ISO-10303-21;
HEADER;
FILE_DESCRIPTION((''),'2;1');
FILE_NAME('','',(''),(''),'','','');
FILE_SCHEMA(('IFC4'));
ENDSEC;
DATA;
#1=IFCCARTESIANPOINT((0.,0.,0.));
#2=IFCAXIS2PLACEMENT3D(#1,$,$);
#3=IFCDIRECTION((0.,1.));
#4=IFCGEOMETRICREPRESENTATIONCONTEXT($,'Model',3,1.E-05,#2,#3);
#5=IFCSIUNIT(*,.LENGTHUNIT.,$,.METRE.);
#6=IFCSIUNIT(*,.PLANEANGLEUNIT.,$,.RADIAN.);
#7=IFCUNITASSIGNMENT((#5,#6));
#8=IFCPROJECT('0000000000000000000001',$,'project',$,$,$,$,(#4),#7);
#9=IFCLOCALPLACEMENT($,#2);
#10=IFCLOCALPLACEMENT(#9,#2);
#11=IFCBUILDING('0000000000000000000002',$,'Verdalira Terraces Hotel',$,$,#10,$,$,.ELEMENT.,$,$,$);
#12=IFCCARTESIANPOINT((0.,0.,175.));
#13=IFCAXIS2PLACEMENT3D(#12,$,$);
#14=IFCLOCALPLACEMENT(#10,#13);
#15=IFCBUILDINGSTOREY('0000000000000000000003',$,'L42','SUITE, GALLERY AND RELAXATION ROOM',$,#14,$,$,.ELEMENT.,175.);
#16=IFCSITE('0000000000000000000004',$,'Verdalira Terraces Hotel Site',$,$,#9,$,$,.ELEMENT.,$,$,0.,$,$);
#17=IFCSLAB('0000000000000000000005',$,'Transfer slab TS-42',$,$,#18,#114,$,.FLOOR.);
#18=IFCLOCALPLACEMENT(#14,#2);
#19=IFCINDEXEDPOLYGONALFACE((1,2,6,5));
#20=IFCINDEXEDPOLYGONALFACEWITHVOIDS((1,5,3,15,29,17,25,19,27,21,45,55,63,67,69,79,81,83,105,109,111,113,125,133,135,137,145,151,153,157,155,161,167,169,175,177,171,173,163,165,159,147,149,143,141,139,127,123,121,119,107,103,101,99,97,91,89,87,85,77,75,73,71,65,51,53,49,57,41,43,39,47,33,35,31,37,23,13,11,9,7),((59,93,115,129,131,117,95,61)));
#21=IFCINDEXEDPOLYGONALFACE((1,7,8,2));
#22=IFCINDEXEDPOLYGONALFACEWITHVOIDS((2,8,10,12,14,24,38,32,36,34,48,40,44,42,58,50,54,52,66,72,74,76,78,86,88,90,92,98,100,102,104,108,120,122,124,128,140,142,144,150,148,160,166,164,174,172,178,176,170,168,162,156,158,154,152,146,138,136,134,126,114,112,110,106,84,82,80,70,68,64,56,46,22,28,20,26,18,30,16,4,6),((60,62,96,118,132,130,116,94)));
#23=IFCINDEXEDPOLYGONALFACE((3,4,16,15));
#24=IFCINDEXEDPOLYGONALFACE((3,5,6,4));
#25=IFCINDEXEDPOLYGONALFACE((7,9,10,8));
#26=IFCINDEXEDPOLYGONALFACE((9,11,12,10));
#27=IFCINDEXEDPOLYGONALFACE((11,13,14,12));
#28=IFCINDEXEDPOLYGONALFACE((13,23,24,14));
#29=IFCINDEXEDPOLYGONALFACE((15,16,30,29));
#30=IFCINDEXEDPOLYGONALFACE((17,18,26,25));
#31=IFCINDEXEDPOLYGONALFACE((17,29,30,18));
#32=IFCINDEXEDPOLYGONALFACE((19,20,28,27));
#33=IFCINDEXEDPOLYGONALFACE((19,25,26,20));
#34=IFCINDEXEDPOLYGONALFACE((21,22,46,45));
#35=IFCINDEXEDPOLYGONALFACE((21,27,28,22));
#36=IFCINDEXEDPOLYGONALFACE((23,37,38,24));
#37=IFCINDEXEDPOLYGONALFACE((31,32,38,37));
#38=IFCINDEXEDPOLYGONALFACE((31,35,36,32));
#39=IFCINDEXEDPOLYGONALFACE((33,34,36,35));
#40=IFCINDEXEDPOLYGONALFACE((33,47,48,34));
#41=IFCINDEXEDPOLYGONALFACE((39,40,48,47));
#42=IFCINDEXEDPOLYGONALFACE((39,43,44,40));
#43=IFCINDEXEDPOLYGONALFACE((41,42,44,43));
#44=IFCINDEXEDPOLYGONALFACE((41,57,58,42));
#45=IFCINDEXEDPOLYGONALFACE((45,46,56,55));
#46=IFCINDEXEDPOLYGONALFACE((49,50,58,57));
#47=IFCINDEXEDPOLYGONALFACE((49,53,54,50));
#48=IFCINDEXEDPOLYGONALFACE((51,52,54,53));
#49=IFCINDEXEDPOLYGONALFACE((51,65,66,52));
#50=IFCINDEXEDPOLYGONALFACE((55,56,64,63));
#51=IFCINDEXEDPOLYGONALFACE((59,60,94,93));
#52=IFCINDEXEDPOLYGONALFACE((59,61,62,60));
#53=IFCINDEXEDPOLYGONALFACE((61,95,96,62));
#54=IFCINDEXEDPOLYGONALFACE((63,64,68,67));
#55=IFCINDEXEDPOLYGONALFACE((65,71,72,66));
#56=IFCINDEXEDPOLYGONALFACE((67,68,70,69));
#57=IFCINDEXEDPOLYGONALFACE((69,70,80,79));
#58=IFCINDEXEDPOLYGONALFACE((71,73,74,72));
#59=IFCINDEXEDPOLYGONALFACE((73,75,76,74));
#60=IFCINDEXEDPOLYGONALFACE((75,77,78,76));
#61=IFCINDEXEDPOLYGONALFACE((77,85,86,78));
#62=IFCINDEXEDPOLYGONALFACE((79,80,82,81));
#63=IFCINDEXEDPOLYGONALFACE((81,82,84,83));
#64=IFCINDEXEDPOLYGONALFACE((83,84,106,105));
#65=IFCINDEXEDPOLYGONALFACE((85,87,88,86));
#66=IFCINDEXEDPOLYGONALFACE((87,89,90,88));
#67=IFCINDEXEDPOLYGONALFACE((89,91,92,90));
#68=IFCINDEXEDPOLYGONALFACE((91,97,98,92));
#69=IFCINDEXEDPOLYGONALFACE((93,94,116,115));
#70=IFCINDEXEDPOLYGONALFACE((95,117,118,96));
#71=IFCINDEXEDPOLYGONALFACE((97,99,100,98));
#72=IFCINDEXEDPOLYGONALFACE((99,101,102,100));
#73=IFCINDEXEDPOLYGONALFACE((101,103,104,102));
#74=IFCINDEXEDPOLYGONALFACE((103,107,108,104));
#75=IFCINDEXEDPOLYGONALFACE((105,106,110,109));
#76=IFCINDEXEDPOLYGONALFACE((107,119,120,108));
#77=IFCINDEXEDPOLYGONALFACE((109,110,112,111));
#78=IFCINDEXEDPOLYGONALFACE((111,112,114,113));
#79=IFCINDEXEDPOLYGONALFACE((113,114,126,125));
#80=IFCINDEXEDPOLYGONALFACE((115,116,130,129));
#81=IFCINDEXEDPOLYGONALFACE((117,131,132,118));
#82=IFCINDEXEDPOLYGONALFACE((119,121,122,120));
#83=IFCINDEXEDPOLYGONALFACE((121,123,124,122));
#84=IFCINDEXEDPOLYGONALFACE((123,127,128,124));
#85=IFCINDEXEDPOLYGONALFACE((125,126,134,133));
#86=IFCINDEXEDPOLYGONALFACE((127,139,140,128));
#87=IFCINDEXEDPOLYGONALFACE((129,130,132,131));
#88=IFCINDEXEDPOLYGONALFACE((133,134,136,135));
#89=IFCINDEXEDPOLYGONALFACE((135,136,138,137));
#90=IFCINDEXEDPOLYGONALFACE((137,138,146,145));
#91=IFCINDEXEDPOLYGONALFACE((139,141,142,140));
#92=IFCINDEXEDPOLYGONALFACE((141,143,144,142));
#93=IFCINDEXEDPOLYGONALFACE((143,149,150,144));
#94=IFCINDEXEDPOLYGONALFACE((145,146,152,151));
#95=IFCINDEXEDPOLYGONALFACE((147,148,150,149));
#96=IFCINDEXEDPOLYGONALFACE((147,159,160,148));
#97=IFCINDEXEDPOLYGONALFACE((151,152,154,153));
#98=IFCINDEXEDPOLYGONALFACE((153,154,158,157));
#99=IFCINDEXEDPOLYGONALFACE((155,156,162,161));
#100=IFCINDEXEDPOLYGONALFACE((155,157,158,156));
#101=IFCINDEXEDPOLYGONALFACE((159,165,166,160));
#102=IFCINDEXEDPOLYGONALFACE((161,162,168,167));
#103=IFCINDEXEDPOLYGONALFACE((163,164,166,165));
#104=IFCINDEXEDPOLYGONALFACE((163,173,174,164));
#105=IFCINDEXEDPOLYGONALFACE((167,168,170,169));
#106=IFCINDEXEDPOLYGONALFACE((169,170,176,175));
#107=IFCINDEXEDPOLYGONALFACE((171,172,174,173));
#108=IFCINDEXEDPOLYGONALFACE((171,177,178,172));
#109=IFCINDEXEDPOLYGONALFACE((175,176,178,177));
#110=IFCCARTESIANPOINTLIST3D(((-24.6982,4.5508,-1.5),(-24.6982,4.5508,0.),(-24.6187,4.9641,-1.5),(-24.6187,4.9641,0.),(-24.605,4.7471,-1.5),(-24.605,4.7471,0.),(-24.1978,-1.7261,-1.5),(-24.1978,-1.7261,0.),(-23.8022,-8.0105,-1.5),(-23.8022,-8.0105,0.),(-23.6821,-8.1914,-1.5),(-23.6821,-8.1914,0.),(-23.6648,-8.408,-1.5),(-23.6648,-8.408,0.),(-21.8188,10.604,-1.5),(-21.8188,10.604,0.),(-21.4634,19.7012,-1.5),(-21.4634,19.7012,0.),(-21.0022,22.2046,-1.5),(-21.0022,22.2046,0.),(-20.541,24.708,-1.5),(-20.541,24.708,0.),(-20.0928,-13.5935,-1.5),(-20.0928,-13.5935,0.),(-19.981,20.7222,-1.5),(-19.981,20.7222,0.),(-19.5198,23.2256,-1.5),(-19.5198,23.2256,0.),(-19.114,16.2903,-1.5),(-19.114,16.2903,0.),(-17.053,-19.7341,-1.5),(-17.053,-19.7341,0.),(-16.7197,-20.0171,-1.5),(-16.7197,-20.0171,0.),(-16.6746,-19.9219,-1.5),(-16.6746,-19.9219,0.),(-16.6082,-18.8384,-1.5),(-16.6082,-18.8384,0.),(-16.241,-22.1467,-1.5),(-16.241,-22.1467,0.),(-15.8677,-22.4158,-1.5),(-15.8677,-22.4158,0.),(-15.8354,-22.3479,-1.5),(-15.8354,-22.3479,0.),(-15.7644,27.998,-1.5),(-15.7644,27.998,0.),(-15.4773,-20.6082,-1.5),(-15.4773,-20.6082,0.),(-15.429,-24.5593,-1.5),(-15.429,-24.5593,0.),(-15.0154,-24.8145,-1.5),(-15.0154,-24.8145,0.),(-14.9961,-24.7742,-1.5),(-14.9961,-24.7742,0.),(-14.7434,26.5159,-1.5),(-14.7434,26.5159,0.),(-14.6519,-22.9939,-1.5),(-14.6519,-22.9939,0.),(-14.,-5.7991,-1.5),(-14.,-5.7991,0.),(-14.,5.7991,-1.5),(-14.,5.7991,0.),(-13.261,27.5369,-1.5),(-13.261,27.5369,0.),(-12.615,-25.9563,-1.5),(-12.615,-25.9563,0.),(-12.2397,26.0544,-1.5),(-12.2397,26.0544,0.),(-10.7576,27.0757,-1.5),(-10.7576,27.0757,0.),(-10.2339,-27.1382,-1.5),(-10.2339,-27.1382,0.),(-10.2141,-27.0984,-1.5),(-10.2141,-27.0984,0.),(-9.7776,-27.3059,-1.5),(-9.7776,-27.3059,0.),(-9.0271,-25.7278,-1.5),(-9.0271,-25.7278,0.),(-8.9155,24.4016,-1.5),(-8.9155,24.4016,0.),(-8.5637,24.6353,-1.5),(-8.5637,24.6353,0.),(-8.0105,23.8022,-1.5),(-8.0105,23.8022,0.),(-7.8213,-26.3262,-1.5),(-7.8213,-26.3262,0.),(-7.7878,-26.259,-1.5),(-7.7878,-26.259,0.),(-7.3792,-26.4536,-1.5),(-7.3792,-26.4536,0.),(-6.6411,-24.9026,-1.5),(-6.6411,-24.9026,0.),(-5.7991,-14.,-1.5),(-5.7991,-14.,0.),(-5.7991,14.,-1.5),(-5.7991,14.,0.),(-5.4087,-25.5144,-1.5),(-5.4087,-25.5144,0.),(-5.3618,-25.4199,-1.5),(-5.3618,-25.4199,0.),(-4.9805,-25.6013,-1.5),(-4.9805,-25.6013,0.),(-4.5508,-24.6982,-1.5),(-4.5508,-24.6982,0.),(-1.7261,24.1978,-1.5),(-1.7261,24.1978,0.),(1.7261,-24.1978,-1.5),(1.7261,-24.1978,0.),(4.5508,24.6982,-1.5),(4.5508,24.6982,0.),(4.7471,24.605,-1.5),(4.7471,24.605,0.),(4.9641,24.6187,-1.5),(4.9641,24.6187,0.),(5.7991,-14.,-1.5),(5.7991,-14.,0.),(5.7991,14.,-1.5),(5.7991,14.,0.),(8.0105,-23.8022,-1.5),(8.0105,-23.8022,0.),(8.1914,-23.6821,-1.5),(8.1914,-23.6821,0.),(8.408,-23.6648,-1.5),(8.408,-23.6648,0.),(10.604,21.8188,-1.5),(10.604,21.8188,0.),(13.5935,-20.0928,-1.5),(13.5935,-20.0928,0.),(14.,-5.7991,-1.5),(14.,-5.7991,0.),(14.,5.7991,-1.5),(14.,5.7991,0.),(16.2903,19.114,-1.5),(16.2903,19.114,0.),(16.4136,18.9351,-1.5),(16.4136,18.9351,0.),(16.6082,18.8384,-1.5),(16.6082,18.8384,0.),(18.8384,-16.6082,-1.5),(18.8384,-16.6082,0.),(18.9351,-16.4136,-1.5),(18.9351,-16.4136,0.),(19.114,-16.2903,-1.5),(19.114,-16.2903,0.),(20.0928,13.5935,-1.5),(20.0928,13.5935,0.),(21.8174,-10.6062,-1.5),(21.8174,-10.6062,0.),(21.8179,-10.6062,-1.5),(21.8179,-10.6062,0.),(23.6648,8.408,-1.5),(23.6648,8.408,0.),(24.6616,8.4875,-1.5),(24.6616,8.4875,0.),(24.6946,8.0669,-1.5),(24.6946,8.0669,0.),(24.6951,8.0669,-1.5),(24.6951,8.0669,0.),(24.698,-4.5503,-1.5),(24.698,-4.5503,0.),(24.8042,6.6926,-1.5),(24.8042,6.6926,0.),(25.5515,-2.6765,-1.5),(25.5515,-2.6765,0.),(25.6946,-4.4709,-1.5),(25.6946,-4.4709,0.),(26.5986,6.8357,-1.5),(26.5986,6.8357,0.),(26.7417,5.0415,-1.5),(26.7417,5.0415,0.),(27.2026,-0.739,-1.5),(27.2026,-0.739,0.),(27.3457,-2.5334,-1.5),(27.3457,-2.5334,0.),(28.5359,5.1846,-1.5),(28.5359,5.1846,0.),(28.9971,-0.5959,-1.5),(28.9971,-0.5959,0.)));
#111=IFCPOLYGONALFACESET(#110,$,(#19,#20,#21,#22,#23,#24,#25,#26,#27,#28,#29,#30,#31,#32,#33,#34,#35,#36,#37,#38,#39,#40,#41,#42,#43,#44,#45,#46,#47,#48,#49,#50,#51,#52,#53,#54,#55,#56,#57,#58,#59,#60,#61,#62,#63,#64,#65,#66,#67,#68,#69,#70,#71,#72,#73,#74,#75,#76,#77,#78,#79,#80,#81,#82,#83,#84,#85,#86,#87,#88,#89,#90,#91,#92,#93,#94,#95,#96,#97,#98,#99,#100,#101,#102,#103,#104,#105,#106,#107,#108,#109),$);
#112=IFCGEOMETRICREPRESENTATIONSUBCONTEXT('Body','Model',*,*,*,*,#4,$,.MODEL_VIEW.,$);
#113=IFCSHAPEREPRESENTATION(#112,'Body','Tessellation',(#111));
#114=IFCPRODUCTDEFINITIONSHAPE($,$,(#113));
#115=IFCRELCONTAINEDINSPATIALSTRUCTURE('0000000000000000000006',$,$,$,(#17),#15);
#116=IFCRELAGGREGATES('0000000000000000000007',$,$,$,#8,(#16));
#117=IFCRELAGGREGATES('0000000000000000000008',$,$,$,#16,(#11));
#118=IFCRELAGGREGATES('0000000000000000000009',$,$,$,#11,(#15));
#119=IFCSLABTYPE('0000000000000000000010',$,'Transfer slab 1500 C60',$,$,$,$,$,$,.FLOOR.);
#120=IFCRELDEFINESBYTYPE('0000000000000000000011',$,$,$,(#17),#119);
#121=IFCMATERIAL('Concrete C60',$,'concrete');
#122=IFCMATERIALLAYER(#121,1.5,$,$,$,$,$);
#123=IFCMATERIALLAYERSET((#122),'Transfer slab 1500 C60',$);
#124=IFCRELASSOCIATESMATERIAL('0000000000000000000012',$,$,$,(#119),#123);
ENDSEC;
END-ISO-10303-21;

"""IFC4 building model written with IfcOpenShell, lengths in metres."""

from ifc_helpers import new_model, si_unit, direction, frame, origin, place, context, subcontext, project, spatial, polyline, outline, extrude, material, layer, layer_set, type_object, element, save


model = new_model("IFC4")

# Units and contexts
model_context = context("Model", 3, precision=1e-05, world=origin(), true_north=direction((0.0, 1.0)))
body_context = subcontext(model_context, "Body", "Model", "MODEL_VIEW")
ifc_project = project(units=[si_unit("LENGTHUNIT", "METRE"), si_unit("PLANEANGLEUNIT", "RADIAN")], contexts=[model_context])

# Site, building, storey
site_placement = place(None, origin())
site = spatial("IfcSite", under=ifc_project, at=site_placement, Name="Verdalira Terraces Hotel Site", CompositionType="ELEMENT", RefElevation=0.0)
building_placement = place(site_placement, origin())
building = spatial("IfcBuilding", under=site, at=building_placement, Name="Verdalira Terraces Hotel", CompositionType="ELEMENT")
storey_placement = place(building_placement, frame((0.0, 0.0, 175.0)))
storey = spatial("IfcBuildingStorey", under=building, at=storey_placement, Name="L42", Description="SUITE, GALLERY AND RELAXATION ROOM", CompositionType="ELEMENT", Elevation=175.0)

# Slab
ifc_material_1 = material(Name="Concrete C60", Category="concrete")
ifc_layer_1 = layer(ifc_material_1, 1.5)
ifc_layer_set_1 = layer_set([ifc_layer_1], Name="Transfer slab 1500 C60")
slab_type_1 = type_object("IfcSlabType", Name="Transfer slab 1500 C60", PredefinedType="FLOOR", material=ifc_layer_set_1)
slab_1_placement = place(storey_placement, frame((0.0, 0.0, -1.5)))
element("IfcSlab", 1, at=slab_1_placement, inside=storey, type_object=slab_type_1, Name="Transfer slab TS-42", PredefinedType="FLOOR", context=body_context, shape_type="SweptSolid", body=[
    extrude(outline(polyline([(-1.7261, 24.1978), (-8.0105, 23.8022), (-8.5637, 24.6353), (-8.9155, 24.4016), (-10.7576, 27.0757), (-12.2397, 26.0544), (-13.261, 27.5369), (-14.7434, 26.5159), (-15.7644, 27.998), (-20.541, 24.708), (-19.5198, 23.2256), (-21.0022, 22.2046), (-19.981, 20.7222), (-21.4634, 19.7012), (-19.114, 16.2903), (-21.8188, 10.604), (-24.6187, 4.9641), (-24.605, 4.7471), (-24.6982, 4.5508), (-24.1978, -1.7261), (-23.8022, -8.0105), (-23.6821, -8.1914), (-23.6648, -8.408), (-20.0928, -13.5935), (-16.6082, -18.8384), (-17.053, -19.7341), (-16.6746, -19.9219), (-16.7197, -20.0171), (-15.4773, -20.6082), (-16.241, -22.1467), (-15.8354, -22.3479), (-15.8677, -22.4158), (-14.6519, -22.9939), (-15.429, -24.5593), (-14.9961, -24.7742), (-15.0154, -24.8145), (-12.615, -25.9563), (-10.2339, -27.1382), (-10.2141, -27.0984), (-9.7776, -27.3059), (-9.0271, -25.7278), (-7.8213, -26.3262), (-7.7878, -26.259), (-7.3792, -26.4536), (-6.6411, -24.9026), (-5.4087, -25.5144), (-5.3618, -25.4199), (-4.9805, -25.6013), (-4.5508, -24.6982), (1.7261, -24.1978), (8.0105, -23.8022), (8.1914, -23.6821), (8.408, -23.6648), (13.5935, -20.0928), (18.8384, -16.6082), (18.9351, -16.4136), (19.114, -16.2903), (21.8179, -10.6062), (21.8174, -10.6062), (24.698, -4.5503), (25.6946, -4.4709), (25.5515, -2.6765), (27.3457, -2.5334), (27.2026, -0.739), (28.9971, -0.5959), (28.5359, 5.1846), (26.7417, 5.0415), (26.5986, 6.8357), (24.8042, 6.6926), (24.6946, 8.0669), (24.6951, 8.0669), (24.6616, 8.4875), (23.6648, 8.408), (20.0928, 13.5935), (16.6082, 18.8384), (16.4136, 18.9351), (16.2903, 19.114), (10.604, 21.8188), (4.9641, 24.6187), (4.7471, 24.605), (4.5508, 24.6982), (-1.7261, 24.1978)]), holes=[polyline([(5.7991, 14.0), (14.0, 5.7991), (14.0, -5.7991), (5.7991, -14.0), (-5.7991, -14.0), (-14.0, -5.7991), (-14.0, 5.7991), (-5.7991, 14.0), (5.7991, 14.0)])]), origin(), (0.0, 0.0, 1.0), 1.5),
])

save(model, "model.ifc")
